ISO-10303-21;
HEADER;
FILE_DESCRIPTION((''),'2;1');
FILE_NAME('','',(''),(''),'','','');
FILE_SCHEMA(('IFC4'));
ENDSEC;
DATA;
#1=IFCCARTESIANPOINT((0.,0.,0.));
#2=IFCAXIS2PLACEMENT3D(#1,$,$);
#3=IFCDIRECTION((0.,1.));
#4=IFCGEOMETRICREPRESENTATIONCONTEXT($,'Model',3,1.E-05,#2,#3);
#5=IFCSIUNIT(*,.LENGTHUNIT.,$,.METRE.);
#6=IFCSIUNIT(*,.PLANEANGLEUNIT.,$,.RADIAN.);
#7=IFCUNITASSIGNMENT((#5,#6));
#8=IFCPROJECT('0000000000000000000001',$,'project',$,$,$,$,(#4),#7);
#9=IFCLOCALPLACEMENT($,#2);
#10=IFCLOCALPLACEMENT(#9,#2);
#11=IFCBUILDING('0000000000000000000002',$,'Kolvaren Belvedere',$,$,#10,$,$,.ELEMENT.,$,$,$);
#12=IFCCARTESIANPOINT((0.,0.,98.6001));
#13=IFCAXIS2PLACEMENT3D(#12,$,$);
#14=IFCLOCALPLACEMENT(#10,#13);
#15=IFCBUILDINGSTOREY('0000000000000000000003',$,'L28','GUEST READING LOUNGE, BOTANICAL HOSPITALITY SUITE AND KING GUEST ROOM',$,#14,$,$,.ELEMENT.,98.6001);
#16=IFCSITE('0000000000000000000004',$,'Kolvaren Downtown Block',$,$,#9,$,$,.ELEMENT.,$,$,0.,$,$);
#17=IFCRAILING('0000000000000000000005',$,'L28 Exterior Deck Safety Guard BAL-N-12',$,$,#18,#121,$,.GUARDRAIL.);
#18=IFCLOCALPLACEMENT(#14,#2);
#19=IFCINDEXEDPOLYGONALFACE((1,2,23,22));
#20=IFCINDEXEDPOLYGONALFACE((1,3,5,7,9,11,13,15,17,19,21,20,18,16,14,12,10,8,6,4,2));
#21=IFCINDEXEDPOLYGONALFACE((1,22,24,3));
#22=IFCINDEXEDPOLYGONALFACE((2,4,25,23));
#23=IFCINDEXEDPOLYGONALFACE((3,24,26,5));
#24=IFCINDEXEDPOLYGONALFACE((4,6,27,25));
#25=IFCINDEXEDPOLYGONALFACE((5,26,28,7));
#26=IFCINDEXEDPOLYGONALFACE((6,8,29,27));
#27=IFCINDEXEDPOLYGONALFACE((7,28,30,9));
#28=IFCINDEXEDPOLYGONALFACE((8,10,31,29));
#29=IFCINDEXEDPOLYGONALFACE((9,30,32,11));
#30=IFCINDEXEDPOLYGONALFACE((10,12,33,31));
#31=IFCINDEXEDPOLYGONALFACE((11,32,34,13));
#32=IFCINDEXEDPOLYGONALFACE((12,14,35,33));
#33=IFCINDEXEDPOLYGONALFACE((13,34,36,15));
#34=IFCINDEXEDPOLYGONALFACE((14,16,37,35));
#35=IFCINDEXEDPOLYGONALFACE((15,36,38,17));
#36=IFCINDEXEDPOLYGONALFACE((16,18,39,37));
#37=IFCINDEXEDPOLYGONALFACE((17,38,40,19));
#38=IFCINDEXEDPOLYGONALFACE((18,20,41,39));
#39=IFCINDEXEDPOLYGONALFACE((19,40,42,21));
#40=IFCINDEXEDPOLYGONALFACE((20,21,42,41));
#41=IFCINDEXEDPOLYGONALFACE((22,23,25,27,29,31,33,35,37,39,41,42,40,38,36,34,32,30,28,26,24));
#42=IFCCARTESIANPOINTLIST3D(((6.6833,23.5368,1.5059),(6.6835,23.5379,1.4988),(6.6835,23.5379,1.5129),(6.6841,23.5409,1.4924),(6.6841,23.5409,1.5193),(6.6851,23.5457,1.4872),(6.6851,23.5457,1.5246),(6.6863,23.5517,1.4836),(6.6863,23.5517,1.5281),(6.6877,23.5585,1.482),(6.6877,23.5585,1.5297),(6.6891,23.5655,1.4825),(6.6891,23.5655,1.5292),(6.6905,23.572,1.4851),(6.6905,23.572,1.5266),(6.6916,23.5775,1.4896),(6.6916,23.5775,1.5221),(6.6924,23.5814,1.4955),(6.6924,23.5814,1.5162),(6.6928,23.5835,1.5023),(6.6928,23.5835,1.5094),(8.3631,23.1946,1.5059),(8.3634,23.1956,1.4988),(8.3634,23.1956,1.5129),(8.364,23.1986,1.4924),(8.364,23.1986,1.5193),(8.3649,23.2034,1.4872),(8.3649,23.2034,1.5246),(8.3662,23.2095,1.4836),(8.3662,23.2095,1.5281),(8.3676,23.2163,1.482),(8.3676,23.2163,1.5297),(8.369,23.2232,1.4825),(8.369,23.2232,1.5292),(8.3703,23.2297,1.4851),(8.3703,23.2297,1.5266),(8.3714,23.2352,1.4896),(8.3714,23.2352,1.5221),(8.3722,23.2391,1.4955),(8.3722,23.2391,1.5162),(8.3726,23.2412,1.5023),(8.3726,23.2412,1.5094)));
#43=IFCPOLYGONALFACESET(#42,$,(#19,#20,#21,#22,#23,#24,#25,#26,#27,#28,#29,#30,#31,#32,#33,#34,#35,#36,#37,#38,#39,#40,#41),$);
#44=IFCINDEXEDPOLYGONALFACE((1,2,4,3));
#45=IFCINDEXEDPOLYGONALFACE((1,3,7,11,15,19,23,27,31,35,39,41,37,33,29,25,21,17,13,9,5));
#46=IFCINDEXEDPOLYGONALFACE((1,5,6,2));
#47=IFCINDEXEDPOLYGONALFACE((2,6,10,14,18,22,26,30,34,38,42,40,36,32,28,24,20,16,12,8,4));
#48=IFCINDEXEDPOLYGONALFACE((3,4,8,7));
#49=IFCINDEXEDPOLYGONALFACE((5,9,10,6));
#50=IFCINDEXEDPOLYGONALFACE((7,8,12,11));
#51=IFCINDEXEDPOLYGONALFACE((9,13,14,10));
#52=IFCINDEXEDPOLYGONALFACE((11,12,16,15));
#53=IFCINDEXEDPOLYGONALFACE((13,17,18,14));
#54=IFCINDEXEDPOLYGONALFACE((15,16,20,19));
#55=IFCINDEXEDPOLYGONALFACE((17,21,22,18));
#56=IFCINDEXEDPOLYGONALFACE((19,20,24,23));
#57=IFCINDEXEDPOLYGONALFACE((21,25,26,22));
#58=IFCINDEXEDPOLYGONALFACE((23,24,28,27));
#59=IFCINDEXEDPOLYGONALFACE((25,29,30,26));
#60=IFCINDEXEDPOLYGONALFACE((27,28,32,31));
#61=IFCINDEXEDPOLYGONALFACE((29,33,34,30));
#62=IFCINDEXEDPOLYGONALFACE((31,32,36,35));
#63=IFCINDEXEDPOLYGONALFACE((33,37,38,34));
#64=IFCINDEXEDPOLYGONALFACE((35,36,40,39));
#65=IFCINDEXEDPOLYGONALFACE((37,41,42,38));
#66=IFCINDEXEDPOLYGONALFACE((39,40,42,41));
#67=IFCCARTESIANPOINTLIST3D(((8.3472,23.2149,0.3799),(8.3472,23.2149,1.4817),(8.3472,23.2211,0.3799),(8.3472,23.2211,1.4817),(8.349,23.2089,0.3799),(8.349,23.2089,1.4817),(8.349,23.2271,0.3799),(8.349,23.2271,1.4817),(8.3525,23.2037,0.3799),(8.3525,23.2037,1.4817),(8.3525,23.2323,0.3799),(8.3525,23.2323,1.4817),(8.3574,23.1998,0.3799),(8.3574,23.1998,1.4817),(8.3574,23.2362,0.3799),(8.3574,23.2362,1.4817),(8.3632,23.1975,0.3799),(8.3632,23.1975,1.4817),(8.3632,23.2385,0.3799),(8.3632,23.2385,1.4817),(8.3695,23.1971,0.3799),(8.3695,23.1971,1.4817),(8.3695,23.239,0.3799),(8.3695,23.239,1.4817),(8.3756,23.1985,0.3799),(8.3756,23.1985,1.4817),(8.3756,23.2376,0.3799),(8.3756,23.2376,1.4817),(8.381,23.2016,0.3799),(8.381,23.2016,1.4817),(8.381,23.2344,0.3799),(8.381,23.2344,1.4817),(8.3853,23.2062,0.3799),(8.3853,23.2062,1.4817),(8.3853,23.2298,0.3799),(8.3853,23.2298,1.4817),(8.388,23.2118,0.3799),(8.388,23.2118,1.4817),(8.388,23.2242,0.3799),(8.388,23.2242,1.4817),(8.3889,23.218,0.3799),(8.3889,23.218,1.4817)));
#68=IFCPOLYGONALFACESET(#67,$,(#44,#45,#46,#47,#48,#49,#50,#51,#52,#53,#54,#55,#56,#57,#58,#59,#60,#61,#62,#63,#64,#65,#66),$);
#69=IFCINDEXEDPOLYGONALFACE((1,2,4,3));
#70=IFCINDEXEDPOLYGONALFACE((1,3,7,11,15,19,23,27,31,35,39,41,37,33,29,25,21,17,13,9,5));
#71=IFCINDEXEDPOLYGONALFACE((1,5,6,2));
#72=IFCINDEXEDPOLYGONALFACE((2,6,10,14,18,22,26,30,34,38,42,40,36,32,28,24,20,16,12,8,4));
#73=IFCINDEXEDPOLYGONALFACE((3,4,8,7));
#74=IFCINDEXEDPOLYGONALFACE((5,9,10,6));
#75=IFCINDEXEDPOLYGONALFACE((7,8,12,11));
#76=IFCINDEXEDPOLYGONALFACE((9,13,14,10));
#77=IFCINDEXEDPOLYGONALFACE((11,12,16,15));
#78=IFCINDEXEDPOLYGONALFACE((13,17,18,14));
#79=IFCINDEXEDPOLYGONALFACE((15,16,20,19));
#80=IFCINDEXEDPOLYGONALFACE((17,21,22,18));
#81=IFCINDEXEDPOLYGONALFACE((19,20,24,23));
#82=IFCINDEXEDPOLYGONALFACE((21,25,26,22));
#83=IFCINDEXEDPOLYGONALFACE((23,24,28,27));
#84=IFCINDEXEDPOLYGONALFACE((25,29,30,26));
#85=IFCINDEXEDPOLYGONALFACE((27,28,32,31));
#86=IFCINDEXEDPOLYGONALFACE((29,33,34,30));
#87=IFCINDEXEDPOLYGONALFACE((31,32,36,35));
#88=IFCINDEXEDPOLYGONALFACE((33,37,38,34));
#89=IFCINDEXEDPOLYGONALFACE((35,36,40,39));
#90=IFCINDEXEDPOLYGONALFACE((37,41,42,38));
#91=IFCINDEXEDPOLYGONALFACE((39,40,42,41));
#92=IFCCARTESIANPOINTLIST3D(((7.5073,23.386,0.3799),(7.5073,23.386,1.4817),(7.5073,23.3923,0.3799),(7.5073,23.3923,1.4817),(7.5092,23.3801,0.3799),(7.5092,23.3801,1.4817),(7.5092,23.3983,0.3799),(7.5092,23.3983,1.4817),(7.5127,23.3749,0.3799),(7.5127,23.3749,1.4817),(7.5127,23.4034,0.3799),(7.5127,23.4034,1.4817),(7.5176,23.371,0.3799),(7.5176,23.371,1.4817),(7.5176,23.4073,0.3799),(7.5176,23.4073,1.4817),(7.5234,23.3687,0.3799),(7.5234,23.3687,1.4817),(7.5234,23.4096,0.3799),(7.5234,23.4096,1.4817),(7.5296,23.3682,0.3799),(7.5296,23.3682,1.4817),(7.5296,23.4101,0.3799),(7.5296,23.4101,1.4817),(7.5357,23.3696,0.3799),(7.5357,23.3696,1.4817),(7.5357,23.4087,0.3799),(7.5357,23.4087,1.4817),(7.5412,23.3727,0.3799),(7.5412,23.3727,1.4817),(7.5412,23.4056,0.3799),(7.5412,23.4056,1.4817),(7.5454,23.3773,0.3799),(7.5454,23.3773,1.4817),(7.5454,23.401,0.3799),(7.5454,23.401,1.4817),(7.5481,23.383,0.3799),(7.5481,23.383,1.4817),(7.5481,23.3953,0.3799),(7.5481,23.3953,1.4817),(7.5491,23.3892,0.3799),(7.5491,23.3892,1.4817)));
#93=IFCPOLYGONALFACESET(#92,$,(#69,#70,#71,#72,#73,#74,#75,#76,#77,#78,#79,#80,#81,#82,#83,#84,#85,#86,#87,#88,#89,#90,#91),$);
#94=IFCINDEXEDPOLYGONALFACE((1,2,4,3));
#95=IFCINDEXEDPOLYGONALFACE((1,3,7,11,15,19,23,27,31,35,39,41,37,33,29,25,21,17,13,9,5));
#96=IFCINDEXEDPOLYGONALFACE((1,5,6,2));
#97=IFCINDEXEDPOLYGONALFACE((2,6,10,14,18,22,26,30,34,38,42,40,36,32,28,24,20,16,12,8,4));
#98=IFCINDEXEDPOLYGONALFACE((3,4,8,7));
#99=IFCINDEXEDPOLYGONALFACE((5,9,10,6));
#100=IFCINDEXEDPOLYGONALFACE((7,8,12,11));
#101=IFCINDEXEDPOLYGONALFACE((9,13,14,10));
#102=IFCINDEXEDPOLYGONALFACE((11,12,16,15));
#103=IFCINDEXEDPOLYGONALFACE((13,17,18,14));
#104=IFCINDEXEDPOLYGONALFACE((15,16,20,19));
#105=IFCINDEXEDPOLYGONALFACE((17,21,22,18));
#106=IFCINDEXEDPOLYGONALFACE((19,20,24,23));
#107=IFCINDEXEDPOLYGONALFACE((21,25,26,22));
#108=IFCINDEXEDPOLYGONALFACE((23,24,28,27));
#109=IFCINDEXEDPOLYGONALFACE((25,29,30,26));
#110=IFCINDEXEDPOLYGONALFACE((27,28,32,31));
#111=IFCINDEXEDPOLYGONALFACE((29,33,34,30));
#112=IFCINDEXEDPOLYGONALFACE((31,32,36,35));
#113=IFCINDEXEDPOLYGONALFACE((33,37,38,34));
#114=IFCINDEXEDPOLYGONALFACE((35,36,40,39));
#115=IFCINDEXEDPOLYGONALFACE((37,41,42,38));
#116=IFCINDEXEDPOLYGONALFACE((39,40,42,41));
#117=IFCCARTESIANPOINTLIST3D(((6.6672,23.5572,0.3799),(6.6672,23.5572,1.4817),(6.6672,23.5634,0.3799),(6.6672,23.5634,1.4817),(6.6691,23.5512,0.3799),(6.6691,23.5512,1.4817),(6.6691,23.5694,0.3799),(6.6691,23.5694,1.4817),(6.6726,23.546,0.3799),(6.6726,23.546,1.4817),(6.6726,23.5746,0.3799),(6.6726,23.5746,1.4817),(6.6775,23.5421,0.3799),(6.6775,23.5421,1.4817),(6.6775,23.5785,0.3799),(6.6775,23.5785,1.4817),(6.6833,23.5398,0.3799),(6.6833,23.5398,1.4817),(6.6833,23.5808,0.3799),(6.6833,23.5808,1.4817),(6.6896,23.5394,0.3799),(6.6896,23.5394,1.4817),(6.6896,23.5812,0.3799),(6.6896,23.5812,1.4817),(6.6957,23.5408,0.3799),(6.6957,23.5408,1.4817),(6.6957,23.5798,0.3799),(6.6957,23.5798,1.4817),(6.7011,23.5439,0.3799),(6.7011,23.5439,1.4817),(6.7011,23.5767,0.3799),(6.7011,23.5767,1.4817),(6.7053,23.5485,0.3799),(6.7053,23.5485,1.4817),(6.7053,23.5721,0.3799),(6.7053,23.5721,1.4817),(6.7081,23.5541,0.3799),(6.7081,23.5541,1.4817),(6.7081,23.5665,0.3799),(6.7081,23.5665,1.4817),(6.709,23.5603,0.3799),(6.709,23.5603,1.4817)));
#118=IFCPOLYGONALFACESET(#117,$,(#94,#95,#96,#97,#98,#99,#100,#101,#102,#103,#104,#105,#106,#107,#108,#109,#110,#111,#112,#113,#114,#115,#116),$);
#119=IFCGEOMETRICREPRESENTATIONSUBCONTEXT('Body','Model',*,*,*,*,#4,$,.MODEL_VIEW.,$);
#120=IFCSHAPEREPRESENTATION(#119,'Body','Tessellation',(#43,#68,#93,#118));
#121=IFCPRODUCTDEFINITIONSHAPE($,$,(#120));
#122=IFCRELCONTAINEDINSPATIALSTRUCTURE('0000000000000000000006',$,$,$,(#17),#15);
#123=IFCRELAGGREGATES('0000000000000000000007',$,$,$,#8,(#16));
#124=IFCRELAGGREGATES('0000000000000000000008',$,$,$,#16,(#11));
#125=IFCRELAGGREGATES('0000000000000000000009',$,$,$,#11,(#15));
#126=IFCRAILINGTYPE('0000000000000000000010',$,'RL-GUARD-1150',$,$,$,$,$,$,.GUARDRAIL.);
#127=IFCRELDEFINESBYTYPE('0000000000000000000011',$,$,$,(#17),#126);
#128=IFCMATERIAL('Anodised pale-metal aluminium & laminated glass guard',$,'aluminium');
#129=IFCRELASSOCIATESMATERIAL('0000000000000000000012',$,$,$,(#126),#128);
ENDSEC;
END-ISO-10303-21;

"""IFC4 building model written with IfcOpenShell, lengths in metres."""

from ifc_helpers import new_model, si_unit, direction, frame, origin, origin_2d, place, context, subcontext, project, spatial, circle, extrude, material, type_object, element, save


model = new_model("IFC4")

# Units and contexts
model_context = context("Model", 3, precision=1e-05, world=origin(), true_north=direction((0.0, 1.0)))
body_context = subcontext(model_context, "Body", "Model", "MODEL_VIEW")
ifc_project = project(units=[si_unit("LENGTHUNIT", "METRE"), si_unit("PLANEANGLEUNIT", "RADIAN")], contexts=[model_context])

# Site, building, storey
site_placement = place(None, origin())
site = spatial("IfcSite", under=ifc_project, at=site_placement, Name="Kolvaren Downtown Block", CompositionType="ELEMENT", RefElevation=0.0)
building_placement = place(site_placement, origin())
building = spatial("IfcBuilding", under=site, at=building_placement, Name="Kolvaren Belvedere", CompositionType="ELEMENT")
storey_placement = place(building_placement, frame((0.0, 0.0, 98.6001)))
storey = spatial("IfcBuildingStorey", under=building, at=storey_placement, Name="L28", Description="GUEST READING LOUNGE, BOTANICAL HOSPITALITY SUITE AND KING GUEST ROOM", CompositionType="ELEMENT", Elevation=98.6001)

# Railing
ifc_material_1 = material(Name="Anodised pale-metal aluminium & laminated glass guard", Category="aluminium")
railing_type = type_object("IfcRailingType", Name="RL-GUARD-1150", PredefinedType="GUARDRAIL", material=ifc_material_1)
railing_1_placement = place(storey_placement, frame((8.3679, 23.218, 0.3799)))
element("IfcRailing", 1, at=railing_1_placement, inside=storey, type_object=railing_type, Name="L28 Exterior Deck Safety Guard BAL-N-12", PredefinedType="GUARDRAIL", context=body_context, shape_type="SweptSolid", body=[
    extrude(circle(Radius=0.0239, at=origin_2d()), frame((0.0, 0.0, 1.126), z_axis=(-0.979868, 0.199648, 0.0), x_axis=(-0.199648, -0.979868, 0.0)), (0.0, 0.0, 1.0), 1.7144),
    extrude(circle(Radius=0.021, at=origin_2d()), origin(), (0.0, 0.0, 1.0), 1.1018),
    extrude(circle(Radius=0.021, at=origin_2d()), frame((-0.8398, 0.1711, 0.0)), (0.0, 0.0, 1.0), 1.1018),
    extrude(circle(Radius=0.021, at=origin_2d()), frame((-1.6799, 0.3423, 0.0)), (0.0, 0.0, 1.0), 1.1018),
])

save(model, "model.ifc")
